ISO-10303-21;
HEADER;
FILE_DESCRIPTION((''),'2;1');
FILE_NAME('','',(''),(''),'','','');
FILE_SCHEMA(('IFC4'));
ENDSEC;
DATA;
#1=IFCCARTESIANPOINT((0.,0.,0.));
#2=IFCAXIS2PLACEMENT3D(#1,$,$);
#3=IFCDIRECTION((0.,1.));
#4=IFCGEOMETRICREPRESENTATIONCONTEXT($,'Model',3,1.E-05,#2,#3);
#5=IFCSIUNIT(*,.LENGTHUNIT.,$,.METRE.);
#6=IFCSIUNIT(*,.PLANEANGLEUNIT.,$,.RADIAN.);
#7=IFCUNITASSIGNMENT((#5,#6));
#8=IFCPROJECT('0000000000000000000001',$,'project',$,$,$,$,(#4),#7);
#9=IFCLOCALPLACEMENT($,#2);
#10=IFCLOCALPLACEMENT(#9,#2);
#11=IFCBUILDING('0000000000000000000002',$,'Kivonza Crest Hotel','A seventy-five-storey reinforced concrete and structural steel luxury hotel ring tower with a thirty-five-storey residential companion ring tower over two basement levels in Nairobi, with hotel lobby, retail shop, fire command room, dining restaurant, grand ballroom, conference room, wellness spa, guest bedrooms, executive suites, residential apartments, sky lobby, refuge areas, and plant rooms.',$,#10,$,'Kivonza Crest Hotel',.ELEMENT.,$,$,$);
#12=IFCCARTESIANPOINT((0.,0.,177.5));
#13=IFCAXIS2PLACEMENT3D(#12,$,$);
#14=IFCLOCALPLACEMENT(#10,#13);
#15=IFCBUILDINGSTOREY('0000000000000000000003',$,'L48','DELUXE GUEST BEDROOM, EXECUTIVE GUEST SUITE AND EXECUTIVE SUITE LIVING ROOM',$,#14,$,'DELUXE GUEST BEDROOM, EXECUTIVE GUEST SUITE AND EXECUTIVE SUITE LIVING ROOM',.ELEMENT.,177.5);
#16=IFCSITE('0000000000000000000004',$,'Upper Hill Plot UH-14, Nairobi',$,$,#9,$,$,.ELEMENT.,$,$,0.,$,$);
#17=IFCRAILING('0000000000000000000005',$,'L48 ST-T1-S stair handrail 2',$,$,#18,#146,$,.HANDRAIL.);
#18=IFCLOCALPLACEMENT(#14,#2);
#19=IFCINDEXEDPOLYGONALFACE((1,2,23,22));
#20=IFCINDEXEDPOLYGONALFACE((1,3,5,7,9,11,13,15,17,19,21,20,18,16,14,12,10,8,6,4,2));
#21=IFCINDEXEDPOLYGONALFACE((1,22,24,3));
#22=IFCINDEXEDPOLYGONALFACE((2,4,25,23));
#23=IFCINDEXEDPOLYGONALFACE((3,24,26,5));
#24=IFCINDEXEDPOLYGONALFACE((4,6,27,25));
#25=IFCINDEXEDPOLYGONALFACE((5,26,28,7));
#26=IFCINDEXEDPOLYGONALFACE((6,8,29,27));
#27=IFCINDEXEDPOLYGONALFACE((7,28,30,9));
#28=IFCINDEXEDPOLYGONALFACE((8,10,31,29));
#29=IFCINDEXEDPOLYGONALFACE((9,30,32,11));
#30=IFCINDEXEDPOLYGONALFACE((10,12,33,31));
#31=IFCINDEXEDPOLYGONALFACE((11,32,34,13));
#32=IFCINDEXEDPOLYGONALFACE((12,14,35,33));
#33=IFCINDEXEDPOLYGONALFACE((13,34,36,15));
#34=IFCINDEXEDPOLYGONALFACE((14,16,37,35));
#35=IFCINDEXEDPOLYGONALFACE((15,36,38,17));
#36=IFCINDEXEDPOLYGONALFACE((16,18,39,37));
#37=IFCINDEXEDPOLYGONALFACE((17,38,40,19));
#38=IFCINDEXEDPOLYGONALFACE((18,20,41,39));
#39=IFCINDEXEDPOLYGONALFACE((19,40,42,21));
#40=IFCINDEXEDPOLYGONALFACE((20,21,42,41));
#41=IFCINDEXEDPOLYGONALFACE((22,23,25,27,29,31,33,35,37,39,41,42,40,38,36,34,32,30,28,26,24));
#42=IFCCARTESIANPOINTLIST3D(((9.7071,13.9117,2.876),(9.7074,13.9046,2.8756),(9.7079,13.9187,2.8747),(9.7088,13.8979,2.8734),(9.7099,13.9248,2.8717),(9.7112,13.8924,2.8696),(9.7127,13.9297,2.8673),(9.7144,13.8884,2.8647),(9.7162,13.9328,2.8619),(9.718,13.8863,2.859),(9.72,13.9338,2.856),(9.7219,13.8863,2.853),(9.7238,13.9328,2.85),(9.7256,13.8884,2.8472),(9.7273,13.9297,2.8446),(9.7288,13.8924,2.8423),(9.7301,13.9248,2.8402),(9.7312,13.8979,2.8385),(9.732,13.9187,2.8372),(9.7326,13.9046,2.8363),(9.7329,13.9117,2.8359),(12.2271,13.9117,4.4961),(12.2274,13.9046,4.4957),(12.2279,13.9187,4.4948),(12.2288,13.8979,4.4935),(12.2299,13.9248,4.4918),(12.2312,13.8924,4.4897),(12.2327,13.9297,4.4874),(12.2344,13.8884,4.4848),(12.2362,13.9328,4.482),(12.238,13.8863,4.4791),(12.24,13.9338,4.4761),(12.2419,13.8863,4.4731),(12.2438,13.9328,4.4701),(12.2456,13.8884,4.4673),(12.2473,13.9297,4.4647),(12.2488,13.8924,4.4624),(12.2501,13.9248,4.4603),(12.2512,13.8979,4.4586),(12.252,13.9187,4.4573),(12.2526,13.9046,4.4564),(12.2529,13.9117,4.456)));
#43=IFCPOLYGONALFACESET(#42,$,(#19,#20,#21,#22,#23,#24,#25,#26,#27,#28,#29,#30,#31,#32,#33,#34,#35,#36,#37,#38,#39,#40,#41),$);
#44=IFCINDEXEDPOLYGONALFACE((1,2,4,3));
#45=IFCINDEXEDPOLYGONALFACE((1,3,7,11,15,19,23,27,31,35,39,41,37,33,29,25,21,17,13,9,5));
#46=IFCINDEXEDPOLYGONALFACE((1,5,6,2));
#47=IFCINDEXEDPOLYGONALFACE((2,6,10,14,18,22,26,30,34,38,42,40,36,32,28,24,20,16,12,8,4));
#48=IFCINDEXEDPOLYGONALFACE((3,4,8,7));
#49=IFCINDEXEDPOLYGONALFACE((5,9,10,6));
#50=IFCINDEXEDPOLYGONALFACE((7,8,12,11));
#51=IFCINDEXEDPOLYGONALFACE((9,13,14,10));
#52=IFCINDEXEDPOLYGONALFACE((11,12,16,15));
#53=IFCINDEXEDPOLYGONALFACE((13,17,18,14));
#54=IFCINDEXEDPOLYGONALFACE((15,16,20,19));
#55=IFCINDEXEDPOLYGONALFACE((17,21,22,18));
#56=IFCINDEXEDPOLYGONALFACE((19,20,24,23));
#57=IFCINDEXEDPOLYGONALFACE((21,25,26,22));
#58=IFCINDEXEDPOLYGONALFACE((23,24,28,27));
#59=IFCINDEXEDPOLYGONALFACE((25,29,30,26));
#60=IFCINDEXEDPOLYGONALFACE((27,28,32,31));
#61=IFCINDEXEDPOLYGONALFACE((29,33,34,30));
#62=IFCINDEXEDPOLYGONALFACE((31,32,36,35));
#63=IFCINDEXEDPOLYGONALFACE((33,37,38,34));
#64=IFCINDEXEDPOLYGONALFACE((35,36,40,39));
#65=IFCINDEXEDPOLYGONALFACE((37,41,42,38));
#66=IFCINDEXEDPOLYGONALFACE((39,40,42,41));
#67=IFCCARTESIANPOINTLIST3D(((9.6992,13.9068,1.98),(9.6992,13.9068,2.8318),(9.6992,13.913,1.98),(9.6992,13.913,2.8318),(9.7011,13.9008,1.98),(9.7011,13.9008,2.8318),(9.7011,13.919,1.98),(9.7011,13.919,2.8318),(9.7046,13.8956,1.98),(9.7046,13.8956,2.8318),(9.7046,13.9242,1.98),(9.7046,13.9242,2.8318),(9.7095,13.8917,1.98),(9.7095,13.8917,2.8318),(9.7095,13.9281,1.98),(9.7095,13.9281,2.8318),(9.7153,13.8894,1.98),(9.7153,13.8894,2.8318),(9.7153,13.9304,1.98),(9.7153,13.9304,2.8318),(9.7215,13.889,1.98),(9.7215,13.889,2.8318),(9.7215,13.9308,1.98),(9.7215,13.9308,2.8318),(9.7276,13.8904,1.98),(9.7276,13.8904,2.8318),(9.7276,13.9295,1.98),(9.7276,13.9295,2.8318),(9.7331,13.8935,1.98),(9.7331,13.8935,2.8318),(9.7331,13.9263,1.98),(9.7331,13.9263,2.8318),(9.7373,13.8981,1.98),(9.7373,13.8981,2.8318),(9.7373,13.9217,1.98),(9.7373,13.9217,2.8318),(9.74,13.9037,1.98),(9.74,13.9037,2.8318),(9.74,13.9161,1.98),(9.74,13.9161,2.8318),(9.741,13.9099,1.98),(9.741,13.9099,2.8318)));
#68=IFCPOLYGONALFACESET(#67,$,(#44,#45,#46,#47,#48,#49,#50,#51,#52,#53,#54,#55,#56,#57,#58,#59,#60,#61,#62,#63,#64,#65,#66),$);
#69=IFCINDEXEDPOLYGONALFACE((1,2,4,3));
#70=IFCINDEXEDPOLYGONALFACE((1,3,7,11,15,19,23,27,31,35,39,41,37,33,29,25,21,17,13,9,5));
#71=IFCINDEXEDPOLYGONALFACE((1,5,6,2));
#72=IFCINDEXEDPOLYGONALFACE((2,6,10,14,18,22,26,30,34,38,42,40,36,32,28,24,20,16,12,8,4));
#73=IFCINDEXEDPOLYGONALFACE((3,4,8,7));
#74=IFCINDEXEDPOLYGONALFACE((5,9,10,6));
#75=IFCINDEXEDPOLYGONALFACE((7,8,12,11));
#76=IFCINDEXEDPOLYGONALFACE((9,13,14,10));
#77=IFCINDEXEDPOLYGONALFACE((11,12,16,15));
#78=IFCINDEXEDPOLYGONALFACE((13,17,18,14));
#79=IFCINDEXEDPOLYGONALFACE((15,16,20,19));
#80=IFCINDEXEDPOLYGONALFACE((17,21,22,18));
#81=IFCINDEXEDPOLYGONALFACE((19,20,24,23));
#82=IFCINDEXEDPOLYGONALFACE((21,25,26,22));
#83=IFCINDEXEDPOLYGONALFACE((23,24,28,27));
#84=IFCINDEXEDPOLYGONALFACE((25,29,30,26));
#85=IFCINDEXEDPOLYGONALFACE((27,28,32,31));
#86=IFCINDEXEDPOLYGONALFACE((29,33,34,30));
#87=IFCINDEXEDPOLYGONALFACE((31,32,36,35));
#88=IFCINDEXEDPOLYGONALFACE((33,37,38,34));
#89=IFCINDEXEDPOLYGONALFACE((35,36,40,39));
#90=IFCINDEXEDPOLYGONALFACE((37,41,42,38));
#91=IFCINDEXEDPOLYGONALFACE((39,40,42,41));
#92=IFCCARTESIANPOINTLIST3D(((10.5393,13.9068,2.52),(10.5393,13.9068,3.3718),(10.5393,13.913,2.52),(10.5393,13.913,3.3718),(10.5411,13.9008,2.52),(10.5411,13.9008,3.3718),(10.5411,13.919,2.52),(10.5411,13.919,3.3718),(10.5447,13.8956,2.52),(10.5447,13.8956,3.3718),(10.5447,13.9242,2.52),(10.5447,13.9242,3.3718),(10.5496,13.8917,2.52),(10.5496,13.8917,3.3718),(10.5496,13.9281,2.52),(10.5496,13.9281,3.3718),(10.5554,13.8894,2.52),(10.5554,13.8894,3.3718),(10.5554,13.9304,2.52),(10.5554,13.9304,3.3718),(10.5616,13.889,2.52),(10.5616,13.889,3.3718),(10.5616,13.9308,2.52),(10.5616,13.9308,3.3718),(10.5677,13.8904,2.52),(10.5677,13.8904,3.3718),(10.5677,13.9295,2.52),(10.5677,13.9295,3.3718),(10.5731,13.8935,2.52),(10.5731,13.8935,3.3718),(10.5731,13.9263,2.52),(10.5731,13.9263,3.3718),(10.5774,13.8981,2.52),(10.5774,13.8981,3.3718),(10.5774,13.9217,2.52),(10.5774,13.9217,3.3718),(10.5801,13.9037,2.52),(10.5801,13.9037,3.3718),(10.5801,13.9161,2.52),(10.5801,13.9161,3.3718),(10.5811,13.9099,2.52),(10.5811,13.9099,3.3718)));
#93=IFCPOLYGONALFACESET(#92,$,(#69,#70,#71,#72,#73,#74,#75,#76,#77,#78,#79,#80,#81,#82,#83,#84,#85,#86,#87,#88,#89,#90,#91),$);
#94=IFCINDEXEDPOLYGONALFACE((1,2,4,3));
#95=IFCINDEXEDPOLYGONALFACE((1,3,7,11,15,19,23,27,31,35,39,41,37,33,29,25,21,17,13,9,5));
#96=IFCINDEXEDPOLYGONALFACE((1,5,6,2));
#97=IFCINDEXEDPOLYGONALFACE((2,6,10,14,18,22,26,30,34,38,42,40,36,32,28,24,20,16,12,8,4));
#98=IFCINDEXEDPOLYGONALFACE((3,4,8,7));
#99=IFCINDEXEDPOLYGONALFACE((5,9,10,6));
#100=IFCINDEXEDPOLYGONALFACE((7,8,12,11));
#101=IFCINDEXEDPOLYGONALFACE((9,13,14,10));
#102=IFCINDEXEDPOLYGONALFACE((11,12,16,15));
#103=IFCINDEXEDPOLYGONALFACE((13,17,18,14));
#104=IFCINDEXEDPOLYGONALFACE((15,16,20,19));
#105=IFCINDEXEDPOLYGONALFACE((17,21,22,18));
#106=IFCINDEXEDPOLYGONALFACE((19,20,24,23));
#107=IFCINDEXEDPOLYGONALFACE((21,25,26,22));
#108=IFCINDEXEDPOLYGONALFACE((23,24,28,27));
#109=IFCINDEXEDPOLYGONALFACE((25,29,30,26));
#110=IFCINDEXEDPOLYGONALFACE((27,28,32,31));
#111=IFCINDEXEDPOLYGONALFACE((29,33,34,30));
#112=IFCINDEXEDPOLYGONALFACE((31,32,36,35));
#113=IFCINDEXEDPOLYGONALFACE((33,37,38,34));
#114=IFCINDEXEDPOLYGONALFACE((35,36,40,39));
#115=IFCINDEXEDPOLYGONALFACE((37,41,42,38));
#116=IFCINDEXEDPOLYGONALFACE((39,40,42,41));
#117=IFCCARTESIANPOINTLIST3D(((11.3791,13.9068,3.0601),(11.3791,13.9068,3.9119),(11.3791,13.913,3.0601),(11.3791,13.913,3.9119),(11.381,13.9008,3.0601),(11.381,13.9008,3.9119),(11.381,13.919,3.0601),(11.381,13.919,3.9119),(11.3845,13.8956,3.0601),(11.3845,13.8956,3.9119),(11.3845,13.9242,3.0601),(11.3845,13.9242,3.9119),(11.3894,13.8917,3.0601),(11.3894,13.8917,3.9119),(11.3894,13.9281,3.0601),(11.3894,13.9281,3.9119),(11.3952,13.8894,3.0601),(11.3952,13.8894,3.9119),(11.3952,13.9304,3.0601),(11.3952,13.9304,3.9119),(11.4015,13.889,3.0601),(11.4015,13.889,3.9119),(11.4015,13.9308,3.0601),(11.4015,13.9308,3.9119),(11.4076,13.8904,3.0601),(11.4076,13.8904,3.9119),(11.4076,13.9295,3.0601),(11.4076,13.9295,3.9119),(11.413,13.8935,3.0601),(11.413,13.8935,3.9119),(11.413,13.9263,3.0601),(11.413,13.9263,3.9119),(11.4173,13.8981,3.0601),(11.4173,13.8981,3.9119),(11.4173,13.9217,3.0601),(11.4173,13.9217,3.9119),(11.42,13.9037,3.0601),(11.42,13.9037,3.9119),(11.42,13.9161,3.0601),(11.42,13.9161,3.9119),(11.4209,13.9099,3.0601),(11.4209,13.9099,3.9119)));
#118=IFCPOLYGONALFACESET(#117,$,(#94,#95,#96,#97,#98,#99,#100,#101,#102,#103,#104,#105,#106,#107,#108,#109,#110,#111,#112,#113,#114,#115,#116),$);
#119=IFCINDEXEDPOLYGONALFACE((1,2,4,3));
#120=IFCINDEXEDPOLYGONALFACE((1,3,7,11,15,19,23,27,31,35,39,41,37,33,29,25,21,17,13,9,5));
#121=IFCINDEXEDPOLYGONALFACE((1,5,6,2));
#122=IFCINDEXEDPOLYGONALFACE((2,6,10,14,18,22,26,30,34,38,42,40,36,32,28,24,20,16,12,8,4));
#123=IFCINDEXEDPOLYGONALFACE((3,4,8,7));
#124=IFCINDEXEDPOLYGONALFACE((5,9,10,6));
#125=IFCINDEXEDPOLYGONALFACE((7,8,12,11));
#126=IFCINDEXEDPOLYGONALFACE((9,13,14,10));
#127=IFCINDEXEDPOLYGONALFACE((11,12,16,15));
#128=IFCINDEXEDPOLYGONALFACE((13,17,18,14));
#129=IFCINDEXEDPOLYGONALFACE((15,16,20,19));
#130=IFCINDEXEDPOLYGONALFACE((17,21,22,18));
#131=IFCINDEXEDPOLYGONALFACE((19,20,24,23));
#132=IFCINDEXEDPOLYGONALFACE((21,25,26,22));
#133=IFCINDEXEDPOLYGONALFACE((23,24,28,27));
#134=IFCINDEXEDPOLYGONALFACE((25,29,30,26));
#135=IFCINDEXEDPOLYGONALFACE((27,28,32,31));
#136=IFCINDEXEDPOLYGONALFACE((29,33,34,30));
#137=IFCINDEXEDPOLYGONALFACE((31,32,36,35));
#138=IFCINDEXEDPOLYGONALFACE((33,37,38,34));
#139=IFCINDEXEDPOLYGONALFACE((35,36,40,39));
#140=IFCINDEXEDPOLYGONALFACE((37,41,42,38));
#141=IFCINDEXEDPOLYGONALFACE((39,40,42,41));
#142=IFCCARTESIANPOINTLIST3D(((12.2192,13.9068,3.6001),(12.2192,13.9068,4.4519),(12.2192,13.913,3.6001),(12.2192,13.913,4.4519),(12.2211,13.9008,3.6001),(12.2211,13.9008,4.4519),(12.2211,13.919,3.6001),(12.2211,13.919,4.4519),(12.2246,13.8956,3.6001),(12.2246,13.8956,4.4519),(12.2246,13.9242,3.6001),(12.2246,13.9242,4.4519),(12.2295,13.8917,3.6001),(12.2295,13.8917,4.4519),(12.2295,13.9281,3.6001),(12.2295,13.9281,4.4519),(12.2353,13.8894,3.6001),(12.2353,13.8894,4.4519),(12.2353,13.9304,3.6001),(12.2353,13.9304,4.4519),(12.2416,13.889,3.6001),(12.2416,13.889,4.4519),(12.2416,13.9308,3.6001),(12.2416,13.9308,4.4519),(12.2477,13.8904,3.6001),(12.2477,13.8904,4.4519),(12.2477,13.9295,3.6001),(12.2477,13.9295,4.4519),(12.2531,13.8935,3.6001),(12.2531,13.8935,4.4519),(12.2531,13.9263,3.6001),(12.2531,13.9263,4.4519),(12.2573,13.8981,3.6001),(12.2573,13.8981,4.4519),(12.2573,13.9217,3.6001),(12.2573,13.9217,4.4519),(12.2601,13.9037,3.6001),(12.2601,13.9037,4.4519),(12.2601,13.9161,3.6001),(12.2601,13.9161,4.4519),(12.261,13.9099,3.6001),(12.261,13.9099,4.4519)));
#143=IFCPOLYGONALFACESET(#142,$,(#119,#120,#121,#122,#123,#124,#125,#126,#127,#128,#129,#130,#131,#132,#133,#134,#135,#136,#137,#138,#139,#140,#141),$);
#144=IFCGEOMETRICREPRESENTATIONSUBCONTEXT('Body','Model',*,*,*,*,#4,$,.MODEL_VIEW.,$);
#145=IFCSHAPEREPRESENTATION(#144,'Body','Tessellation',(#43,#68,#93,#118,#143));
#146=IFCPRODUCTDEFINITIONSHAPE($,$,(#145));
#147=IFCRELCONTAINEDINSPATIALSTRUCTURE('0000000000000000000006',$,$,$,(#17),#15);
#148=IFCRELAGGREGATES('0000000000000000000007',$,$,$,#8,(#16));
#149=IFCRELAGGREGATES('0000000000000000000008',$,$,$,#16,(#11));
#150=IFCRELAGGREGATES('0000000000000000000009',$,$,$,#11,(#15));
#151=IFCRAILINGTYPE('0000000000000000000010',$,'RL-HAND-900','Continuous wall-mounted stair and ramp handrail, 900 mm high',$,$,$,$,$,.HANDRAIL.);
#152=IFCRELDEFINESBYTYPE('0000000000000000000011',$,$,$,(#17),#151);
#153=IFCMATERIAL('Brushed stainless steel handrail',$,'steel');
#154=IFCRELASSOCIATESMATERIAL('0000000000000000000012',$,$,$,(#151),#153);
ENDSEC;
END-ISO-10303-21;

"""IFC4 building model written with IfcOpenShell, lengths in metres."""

from ifc_helpers import new_model, si_unit, direction, frame, origin, origin_2d, place, context, subcontext, project, spatial, circle, extrude, material, type_object, element, save


model = new_model("IFC4")

# Units and contexts
model_context = context("Model", 3, precision=1e-05, world=origin(), true_north=direction((0.0, 1.0)))
body_context = subcontext(model_context, "Body", "Model", "MODEL_VIEW")
ifc_project = project(units=[si_unit("LENGTHUNIT", "METRE"), si_unit("PLANEANGLEUNIT", "RADIAN")], contexts=[model_context])

# Site, building, storey
site_placement = place(None, origin())
site = spatial("IfcSite", under=ifc_project, at=site_placement, Name="Upper Hill Plot UH-14, Nairobi", CompositionType="ELEMENT", RefElevation=0.0)
building_placement = place(site_placement, origin())
building = spatial("IfcBuilding", under=site, at=building_placement, Name="Kivonza Crest Hotel", Description="A seventy-five-storey reinforced concrete and structural steel luxury hotel ring tower with a thirty-five-storey residential companion ring tower over two basement levels in Nairobi, with hotel lobby, retail shop, fire command room, dining restaurant, grand ballroom, conference room, wellness spa, guest bedrooms, executive suites, residential apartments, sky lobby, refuge areas, and plant rooms.", LongName="Kivonza Crest Hotel", CompositionType="ELEMENT")
storey_placement = place(building_placement, frame((0.0, 0.0, 177.5)))
storey = spatial("IfcBuildingStorey", under=building, at=storey_placement, Name="L48", Description="DELUXE GUEST BEDROOM, EXECUTIVE GUEST SUITE AND EXECUTIVE SUITE LIVING ROOM", LongName="DELUXE GUEST BEDROOM, EXECUTIVE GUEST SUITE AND EXECUTIVE SUITE LIVING ROOM", CompositionType="ELEMENT", Elevation=177.5)

# Railing
ifc_material_1 = material(Name="Brushed stainless steel handrail", Category="steel")
railing_type_1 = type_object("IfcRailingType", Name="RL-HAND-900", Description="Continuous wall-mounted stair and ramp handrail, 900 mm high", PredefinedType="HANDRAIL", material=ifc_material_1)
railing_1_placement = place(storey_placement, frame((9.72, 13.9099, 1.98)))
element("IfcRailing", 1, at=railing_1_placement, inside=storey, type_object=railing_type_1, Name="L48 ST-T1-S stair handrail 2", PredefinedType="HANDRAIL", context=body_context, shape_type="SweptSolid", body=[
    extrude(circle(Radius=0.0239, at=origin_2d()), frame((0.0, 0.0, 0.876), z_axis=(0.841163, 0.0, 0.540782), x_axis=(0.0, 1.0, 0.0)), (0.0, 0.0, 1.0), 2.9958),
    extrude(circle(Radius=0.021, at=origin_2d()), origin(), (0.0, 0.0, 1.0), 0.8518),
    extrude(circle(Radius=0.021, at=origin_2d()), frame((0.8401, 0.0, 0.54)), (0.0, 0.0, 1.0), 0.8518),
    extrude(circle(Radius=0.021, at=origin_2d()), frame((1.6799, 0.0, 1.0801)), (0.0, 0.0, 1.0), 0.8518),
    extrude(circle(Radius=0.021, at=origin_2d()), frame((2.52, 0.0, 1.6201)), (0.0, 0.0, 1.0), 0.8518),
])

save(model, "model.ifc")
